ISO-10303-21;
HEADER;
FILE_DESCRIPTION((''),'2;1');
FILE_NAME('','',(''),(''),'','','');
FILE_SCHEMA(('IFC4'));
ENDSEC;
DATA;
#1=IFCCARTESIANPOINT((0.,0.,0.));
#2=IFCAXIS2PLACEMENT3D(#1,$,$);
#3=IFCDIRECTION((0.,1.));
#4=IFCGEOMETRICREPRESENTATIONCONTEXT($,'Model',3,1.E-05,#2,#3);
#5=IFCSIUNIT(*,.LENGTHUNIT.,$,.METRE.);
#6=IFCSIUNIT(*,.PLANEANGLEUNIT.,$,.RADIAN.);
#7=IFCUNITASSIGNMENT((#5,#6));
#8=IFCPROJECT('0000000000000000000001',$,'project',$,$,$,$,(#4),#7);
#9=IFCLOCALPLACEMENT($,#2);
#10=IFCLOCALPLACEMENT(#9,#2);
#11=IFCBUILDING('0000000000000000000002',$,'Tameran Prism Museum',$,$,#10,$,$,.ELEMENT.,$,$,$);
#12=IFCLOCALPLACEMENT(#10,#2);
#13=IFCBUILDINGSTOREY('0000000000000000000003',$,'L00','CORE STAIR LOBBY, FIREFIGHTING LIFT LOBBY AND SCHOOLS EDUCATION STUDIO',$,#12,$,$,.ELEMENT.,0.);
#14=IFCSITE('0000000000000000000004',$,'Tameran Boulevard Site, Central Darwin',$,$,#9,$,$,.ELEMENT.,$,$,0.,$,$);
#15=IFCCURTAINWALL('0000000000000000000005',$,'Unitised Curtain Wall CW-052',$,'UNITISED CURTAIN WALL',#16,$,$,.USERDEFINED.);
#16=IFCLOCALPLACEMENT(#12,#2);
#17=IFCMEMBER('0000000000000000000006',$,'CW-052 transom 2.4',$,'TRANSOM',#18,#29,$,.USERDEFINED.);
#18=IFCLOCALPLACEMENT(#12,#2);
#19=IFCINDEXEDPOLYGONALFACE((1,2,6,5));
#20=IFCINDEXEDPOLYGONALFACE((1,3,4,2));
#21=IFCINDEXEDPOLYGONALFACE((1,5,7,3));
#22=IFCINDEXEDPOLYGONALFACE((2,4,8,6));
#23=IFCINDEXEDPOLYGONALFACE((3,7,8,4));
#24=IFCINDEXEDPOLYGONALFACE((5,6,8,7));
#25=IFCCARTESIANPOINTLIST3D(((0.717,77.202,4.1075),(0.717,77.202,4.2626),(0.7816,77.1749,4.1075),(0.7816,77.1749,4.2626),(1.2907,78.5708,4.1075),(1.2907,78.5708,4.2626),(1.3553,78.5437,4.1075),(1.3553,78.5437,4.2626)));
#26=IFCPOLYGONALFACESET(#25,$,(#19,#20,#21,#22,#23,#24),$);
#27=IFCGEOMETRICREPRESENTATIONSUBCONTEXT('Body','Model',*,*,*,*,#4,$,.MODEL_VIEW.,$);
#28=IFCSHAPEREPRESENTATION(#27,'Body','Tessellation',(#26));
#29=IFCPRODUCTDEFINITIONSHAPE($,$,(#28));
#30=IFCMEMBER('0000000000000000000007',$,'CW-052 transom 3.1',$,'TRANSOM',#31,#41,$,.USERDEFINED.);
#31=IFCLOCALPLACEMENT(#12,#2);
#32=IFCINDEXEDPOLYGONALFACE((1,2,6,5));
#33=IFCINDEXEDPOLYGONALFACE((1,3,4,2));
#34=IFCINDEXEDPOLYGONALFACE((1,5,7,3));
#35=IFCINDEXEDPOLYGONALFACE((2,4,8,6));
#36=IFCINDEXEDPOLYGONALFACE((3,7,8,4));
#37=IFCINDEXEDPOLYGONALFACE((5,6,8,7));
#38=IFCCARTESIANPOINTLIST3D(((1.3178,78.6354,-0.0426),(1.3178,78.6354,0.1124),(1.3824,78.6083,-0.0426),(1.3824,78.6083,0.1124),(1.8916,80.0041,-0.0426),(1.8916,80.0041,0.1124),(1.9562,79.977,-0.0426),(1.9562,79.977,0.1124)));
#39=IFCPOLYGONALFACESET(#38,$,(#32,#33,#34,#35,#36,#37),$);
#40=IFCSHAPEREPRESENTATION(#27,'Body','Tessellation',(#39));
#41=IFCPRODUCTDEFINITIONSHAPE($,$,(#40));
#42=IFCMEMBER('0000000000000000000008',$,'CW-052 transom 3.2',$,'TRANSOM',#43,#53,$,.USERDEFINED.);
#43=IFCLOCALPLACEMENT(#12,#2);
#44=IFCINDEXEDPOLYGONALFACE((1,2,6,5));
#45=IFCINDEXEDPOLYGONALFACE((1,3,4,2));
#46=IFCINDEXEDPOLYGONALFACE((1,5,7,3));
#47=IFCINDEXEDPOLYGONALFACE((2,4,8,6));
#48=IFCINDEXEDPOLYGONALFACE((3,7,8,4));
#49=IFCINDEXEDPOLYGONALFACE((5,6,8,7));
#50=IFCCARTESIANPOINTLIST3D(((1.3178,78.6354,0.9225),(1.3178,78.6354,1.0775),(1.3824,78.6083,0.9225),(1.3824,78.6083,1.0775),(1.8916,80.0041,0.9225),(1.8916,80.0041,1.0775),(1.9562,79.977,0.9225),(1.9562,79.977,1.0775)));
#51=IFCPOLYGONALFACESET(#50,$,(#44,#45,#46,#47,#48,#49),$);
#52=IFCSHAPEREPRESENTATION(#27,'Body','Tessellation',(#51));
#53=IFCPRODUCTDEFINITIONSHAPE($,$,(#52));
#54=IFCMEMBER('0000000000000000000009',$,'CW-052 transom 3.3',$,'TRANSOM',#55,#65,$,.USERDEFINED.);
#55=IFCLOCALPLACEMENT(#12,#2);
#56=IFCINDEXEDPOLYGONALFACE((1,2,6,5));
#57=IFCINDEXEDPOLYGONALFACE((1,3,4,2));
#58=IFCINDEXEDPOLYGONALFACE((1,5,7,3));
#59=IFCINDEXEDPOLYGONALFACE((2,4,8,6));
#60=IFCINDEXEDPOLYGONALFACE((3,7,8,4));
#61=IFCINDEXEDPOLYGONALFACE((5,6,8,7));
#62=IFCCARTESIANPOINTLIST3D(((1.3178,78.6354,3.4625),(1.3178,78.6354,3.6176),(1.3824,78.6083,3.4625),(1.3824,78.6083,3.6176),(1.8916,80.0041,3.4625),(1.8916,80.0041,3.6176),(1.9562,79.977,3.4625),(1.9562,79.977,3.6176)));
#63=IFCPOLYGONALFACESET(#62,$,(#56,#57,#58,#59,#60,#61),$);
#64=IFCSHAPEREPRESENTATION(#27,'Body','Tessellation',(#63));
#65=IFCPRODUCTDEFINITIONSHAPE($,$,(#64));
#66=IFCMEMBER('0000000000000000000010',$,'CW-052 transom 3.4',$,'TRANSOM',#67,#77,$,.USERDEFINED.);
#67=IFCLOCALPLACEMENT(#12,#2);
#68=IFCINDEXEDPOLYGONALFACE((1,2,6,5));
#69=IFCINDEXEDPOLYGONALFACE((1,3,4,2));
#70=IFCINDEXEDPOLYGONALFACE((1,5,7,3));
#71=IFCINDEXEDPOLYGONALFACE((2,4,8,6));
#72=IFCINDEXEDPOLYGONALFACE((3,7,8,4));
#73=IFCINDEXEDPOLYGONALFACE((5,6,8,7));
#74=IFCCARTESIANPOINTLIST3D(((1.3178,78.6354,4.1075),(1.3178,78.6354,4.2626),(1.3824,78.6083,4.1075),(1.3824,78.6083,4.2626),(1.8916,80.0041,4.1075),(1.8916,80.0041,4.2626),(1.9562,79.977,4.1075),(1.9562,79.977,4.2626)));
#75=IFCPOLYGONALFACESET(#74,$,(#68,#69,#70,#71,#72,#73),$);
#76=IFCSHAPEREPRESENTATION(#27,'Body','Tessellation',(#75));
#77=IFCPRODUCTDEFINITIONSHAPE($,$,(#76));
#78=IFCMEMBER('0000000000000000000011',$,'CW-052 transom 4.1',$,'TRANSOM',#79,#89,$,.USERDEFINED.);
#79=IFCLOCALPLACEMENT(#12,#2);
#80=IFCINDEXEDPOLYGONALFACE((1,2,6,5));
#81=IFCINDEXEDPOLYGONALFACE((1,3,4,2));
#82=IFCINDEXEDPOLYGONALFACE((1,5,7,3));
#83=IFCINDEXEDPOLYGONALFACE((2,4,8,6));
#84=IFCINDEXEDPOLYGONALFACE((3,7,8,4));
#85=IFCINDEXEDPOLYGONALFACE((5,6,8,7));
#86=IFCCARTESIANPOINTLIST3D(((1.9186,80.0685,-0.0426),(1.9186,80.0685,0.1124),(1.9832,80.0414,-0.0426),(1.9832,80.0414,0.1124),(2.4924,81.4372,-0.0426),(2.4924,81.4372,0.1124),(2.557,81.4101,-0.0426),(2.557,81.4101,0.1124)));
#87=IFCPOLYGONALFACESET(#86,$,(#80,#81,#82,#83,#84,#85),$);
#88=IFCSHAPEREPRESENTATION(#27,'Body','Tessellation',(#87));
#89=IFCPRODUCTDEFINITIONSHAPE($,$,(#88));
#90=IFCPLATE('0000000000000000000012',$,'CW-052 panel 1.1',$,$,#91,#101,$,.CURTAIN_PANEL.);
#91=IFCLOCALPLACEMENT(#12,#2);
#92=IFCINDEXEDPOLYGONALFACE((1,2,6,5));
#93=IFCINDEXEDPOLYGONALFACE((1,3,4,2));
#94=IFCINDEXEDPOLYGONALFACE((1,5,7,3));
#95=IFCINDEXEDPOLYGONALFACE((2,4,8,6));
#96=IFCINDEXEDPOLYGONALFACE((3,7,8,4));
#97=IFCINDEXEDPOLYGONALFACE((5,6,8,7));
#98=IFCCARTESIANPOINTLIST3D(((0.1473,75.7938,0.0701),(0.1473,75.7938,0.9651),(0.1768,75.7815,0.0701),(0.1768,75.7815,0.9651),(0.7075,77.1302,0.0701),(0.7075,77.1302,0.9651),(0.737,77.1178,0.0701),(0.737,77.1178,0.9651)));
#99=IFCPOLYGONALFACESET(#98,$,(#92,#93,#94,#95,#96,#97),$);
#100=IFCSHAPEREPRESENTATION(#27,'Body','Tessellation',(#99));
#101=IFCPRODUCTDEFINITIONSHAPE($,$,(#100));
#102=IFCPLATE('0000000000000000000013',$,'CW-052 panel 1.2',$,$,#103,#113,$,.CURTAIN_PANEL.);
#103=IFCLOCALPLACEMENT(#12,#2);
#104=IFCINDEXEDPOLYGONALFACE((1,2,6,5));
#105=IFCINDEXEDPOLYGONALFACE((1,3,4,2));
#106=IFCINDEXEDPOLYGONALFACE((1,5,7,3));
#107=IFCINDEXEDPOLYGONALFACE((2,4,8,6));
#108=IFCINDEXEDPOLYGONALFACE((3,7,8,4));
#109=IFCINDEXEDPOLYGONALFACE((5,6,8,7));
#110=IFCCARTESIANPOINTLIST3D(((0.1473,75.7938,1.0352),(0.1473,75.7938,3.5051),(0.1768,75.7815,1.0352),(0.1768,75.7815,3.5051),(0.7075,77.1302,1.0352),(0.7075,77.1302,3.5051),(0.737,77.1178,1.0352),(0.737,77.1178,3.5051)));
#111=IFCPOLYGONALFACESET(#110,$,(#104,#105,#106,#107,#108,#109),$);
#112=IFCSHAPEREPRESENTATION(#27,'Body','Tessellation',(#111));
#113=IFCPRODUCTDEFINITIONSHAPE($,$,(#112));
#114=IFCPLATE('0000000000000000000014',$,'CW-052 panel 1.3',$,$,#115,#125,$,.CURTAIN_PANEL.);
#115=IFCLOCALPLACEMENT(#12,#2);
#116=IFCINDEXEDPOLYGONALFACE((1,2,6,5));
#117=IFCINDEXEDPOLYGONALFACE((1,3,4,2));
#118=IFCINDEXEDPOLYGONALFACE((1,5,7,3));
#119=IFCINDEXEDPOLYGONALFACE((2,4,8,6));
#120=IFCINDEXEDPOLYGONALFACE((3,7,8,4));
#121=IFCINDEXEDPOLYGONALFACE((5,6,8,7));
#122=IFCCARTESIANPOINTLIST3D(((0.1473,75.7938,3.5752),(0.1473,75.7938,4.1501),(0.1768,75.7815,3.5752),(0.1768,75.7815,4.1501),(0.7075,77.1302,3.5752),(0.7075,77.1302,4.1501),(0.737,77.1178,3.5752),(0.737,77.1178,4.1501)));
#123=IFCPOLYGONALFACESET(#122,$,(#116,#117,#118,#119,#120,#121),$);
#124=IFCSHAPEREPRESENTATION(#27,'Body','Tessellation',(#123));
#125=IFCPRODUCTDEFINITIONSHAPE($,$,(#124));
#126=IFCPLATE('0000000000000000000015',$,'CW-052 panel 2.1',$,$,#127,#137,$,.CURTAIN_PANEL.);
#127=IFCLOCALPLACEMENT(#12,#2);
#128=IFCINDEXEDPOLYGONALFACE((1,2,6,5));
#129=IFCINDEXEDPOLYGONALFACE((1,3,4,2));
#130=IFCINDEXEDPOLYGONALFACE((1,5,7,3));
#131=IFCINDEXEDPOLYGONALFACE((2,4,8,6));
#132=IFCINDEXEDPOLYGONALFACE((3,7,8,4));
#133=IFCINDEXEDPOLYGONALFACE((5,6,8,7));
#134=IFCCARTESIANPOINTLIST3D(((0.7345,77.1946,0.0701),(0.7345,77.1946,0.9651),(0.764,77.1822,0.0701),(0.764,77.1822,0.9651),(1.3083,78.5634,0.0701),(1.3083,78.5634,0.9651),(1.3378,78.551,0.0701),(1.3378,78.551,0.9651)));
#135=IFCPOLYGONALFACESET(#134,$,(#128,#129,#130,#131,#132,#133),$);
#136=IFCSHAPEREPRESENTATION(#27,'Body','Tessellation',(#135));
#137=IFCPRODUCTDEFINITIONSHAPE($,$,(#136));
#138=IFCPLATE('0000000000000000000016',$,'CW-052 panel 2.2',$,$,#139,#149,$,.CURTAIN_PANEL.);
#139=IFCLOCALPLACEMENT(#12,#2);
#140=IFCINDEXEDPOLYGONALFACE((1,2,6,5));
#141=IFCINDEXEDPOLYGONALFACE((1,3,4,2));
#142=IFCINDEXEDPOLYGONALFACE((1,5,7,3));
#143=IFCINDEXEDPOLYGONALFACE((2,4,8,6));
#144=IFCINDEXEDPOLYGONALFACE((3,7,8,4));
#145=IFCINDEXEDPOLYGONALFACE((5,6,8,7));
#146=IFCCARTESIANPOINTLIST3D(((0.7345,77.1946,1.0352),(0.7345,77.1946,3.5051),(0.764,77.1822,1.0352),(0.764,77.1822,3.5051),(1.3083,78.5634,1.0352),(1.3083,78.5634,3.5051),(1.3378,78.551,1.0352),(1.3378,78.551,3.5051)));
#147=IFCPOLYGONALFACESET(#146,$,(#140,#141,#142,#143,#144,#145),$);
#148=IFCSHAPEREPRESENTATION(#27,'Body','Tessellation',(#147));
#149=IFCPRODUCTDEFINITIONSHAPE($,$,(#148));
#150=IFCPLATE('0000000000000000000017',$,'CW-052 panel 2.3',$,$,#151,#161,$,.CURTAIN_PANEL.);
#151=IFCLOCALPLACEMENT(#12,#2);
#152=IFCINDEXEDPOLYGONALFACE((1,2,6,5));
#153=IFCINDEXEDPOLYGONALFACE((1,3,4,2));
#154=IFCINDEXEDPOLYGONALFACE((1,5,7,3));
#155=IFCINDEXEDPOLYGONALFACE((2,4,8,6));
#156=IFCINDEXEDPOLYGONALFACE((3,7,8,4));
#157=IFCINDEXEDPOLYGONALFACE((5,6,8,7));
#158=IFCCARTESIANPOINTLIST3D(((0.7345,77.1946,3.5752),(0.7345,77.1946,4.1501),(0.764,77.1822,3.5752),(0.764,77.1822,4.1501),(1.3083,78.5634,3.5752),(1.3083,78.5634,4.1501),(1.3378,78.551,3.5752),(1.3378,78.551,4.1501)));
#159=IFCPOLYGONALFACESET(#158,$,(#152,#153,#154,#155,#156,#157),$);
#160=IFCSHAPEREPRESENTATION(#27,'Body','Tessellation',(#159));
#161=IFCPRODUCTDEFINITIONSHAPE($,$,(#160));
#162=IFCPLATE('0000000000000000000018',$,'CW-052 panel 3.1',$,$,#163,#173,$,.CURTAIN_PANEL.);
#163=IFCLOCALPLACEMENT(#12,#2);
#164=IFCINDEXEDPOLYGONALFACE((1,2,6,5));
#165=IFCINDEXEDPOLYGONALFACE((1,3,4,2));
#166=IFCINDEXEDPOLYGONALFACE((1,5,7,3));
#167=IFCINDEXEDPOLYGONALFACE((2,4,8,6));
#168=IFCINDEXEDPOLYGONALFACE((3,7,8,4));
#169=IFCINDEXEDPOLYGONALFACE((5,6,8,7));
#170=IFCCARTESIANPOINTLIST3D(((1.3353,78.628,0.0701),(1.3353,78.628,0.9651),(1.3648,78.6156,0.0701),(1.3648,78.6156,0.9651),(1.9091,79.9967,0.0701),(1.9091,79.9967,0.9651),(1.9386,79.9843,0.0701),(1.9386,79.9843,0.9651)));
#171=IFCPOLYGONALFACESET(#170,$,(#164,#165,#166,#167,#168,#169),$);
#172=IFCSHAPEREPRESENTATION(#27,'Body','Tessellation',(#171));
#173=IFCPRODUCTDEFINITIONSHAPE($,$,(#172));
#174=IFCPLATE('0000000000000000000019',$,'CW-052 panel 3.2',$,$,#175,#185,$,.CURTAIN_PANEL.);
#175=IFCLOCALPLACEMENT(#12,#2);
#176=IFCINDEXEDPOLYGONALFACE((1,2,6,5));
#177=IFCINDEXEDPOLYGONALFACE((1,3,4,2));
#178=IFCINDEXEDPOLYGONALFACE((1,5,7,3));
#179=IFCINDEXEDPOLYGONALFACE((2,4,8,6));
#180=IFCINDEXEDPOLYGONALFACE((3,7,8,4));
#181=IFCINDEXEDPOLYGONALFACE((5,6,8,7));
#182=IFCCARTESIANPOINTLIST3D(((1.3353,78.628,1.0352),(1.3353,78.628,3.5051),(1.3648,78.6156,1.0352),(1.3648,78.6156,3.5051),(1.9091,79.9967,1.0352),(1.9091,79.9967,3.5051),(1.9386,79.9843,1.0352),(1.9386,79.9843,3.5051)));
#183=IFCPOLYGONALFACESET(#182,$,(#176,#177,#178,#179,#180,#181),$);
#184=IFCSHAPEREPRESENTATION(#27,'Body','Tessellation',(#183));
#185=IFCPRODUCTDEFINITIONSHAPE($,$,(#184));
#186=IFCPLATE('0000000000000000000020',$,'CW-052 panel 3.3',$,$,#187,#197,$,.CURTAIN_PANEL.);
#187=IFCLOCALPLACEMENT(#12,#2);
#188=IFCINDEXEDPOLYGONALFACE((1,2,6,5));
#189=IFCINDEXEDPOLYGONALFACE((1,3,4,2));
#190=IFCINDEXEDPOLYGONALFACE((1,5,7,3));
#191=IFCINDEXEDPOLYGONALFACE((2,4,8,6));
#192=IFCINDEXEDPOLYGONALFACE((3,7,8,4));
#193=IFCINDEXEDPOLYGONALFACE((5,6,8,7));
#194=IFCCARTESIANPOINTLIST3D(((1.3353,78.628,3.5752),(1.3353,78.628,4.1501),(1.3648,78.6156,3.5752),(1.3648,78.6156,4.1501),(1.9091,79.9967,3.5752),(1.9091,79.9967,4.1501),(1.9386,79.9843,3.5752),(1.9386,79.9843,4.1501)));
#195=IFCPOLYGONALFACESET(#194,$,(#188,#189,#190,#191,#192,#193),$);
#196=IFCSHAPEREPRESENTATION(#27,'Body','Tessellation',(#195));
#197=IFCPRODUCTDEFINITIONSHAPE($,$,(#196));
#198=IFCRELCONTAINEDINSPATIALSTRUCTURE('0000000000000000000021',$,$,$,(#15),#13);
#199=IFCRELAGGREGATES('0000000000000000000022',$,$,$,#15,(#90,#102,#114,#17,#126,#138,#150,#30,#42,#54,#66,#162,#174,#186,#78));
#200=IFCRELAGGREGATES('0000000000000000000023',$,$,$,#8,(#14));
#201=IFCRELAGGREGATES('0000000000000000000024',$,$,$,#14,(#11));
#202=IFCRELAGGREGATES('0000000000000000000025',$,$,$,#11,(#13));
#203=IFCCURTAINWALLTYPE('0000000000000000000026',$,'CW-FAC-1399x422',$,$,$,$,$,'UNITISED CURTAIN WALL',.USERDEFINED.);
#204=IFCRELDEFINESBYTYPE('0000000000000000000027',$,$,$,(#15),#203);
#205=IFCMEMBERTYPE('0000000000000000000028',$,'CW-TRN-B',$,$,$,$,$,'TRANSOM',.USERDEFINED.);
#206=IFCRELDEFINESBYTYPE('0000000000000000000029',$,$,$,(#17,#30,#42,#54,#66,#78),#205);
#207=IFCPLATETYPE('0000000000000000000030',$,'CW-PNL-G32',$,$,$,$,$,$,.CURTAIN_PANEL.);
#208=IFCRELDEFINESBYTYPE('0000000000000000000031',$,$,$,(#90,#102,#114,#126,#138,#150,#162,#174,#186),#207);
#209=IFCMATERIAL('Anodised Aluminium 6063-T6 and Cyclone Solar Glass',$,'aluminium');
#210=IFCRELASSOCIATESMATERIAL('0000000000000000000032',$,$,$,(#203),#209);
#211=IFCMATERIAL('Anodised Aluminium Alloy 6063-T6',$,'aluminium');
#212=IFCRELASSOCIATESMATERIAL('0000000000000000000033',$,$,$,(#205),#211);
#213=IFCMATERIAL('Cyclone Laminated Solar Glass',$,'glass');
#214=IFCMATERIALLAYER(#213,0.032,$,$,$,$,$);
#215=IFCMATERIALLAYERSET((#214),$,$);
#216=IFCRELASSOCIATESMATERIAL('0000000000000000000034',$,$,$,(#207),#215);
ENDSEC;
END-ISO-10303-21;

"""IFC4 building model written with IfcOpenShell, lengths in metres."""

from ifc_helpers import new_model, si_unit, direction, frame, origin, origin_2d, place, context, subcontext, project, spatial, rectangle, extrude, material, layer, layer_set, material_profile, profile_set, type_object, element, aggregate, save


model = new_model("IFC4")

# Units and contexts
model_context = context("Model", 3, precision=1e-05, world=origin(), true_north=direction((0.0, 1.0)))
body_context = subcontext(model_context, "Body", "Model", "MODEL_VIEW")
ifc_project = project(units=[si_unit("LENGTHUNIT", "METRE"), si_unit("PLANEANGLEUNIT", "RADIAN")], contexts=[model_context])

# Site, building, storey
site_placement = place(None, origin())
site = spatial("IfcSite", under=ifc_project, at=site_placement, Name="Tameran Boulevard Site, Central Darwin", CompositionType="ELEMENT", RefElevation=0.0)
building_placement = place(site_placement, origin())
building = spatial("IfcBuilding", under=site, at=building_placement, Name="Tameran Prism Museum", CompositionType="ELEMENT")
storey_placement = place(building_placement, origin())
storey = spatial("IfcBuildingStorey", under=building, at=storey_placement, Name="L00", Description="CORE STAIR LOBBY, FIREFIGHTING LIFT LOBBY AND SCHOOLS EDUCATION STUDIO", CompositionType="ELEMENT", Elevation=0.0)

# Curtain wall, members, plates
ifc_material_1 = material(Name="Anodised Aluminium 6063-T6 and Cyclone Solar Glass", Category="aluminium")
curtain_wall_type = type_object("IfcCurtainWallType", Name="CW-FAC-1399x422", ElementType="UNITISED CURTAIN WALL", PredefinedType="USERDEFINED", material=ifc_material_1)
curtain_wall_placement = place(storey_placement, origin())
curtain_wall = element("IfcCurtainWall", 1, at=curtain_wall_placement, inside=storey, type_object=curtain_wall_type, Name="Unitised Curtain Wall CW-052", ObjectType="UNITISED CURTAIN WALL", PredefinedType="USERDEFINED")
ifc_material_2 = material(Name="Anodised Aluminium Alloy 6063-T6", Category="aluminium")
ifc_material_profile_1 = material_profile(ifc_material_2, rectangle(XDim=0.0701, YDim=0.155, at=origin_2d()))
ifc_profile_set_1 = profile_set([ifc_material_profile_1])
member_type_1 = type_object("IfcMemberType", Name="CW-TRN-B", ElementType="TRANSOM", PredefinedType="USERDEFINED", material=ifc_profile_set_1)
member_1_placement = place(storey_placement, frame((0.7493, 77.1885, 4.1851), z_axis=(0.3866, 0.922247, 0.0), x_axis=(-0.922247, 0.3866, 0.0)))
member_1 = element("IfcMember", 2, at=member_1_placement, type_object=member_type_1, Name="CW-052 transom 2.4", ObjectType="TRANSOM", PredefinedType="USERDEFINED", context=body_context, shape_type="SweptSolid", body=[
    extrude(rectangle(XDim=0.0701, YDim=0.155, at=origin_2d()), origin(), (0.0, 0.0, 1.0), 1.4841),
])
member_2_placement = place(storey_placement, frame((1.3501, 78.6218, 0.0349), z_axis=(0.3866, 0.922247, 0.0), x_axis=(-0.922247, 0.3866, 0.0)))
member_2 = element("IfcMember", 3, at=member_2_placement, type_object=member_type_1, Name="CW-052 transom 3.1", ObjectType="TRANSOM", PredefinedType="USERDEFINED", context=body_context, shape_type="SweptSolid", body=[
    extrude(rectangle(XDim=0.0701, YDim=0.155, at=origin_2d()), origin(), (0.0, 0.0, 1.0), 1.4841),
])
member_3_placement = place(storey_placement, frame((1.3501, 78.6218, 1.0), z_axis=(0.3866, 0.922247, 0.0), x_axis=(-0.922247, 0.3866, 0.0)))
member_3 = element("IfcMember", 4, at=member_3_placement, type_object=member_type_1, Name="CW-052 transom 3.2", ObjectType="TRANSOM", PredefinedType="USERDEFINED", context=body_context, shape_type="SweptSolid", body=[
    extrude(rectangle(XDim=0.0701, YDim=0.155, at=origin_2d()), origin(), (0.0, 0.0, 1.0), 1.4841),
])
member_4_placement = place(storey_placement, frame((1.3501, 78.6218, 3.54), z_axis=(0.3866, 0.922247, 0.0), x_axis=(-0.922247, 0.3866, 0.0)))
member_4 = element("IfcMember", 5, at=member_4_placement, type_object=member_type_1, Name="CW-052 transom 3.3", ObjectType="TRANSOM", PredefinedType="USERDEFINED", context=body_context, shape_type="SweptSolid", body=[
    extrude(rectangle(XDim=0.0701, YDim=0.155, at=origin_2d()), origin(), (0.0, 0.0, 1.0), 1.4841),
])
member_5_placement = place(storey_placement, frame((1.3501, 78.6218, 4.1851), z_axis=(0.3866, 0.922247, 0.0), x_axis=(-0.922247, 0.3866, 0.0)))
member_5 = element("IfcMember", 6, at=member_5_placement, type_object=member_type_1, Name="CW-052 transom 3.4", ObjectType="TRANSOM", PredefinedType="USERDEFINED", context=body_context, shape_type="SweptSolid", body=[
    extrude(rectangle(XDim=0.0701, YDim=0.155, at=origin_2d()), origin(), (0.0, 0.0, 1.0), 1.4841),
])
member_6_placement = place(storey_placement, frame((1.9509, 80.0549, 0.0349), z_axis=(0.3866, 0.922247, 0.0), x_axis=(-0.922247, 0.3866, 0.0)))
member_6 = element("IfcMember", 7, at=member_6_placement, type_object=member_type_1, Name="CW-052 transom 4.1", ObjectType="TRANSOM", PredefinedType="USERDEFINED", context=body_context, shape_type="SweptSolid", body=[
    extrude(rectangle(XDim=0.0701, YDim=0.155, at=origin_2d()), origin(), (0.0, 0.0, 1.0), 1.4841),
])
ifc_material_3 = material(Name="Cyclone Laminated Solar Glass", Category="glass")
ifc_layer = layer(ifc_material_3, 0.032)
ifc_layer_set = layer_set([ifc_layer])
plate_type = type_object("IfcPlateType", Name="CW-PNL-G32", PredefinedType="CURTAIN_PANEL", material=ifc_layer_set)
plate_1_placement = place(storey_placement, frame((0.4421, 76.4558, 0.0701), z_axis=(0.0, 0.0, 1.0), x_axis=(0.386589, 0.922252, 0.0)))
plate_1 = element("IfcPlate", 8, at=plate_1_placement, type_object=plate_type, Name="CW-052 panel 1.1", PredefinedType="CURTAIN_PANEL", context=body_context, shape_type="SweptSolid", body=[
    extrude(rectangle(XDim=1.449, YDim=0.032, at=origin_2d()), origin(), (0.0, 0.0, 1.0), 0.895),
])
plate_2_placement = place(storey_placement, frame((0.4421, 76.4558, 1.0352), z_axis=(0.0, 0.0, 1.0), x_axis=(0.386589, 0.922252, 0.0)))
plate_2 = element("IfcPlate", 9, at=plate_2_placement, type_object=plate_type, Name="CW-052 panel 1.2", PredefinedType="CURTAIN_PANEL", context=body_context, shape_type="SweptSolid", body=[
    extrude(rectangle(XDim=1.449, YDim=0.032, at=origin_2d()), origin(), (0.0, 0.0, 1.0), 2.47),
])
plate_3_placement = place(storey_placement, frame((0.4421, 76.4558, 3.5752), z_axis=(0.0, 0.0, 1.0), x_axis=(0.386589, 0.922252, 0.0)))
plate_3 = element("IfcPlate", 10, at=plate_3_placement, type_object=plate_type, Name="CW-052 panel 1.3", PredefinedType="CURTAIN_PANEL", context=body_context, shape_type="SweptSolid", body=[
    extrude(rectangle(XDim=1.449, YDim=0.032, at=origin_2d()), origin(), (0.0, 0.0, 1.0), 0.575),
])
plate_4_placement = place(storey_placement, frame((1.0361, 77.8728, 0.0701), z_axis=(0.0, 0.0, 1.0), x_axis=(0.386589, 0.922252, 0.0)))
plate_4 = element("IfcPlate", 11, at=plate_4_placement, type_object=plate_type, Name="CW-052 panel 2.1", PredefinedType="CURTAIN_PANEL", context=body_context, shape_type="SweptSolid", body=[
    extrude(rectangle(XDim=1.4841, YDim=0.032, at=origin_2d()), origin(), (0.0, 0.0, 1.0), 0.895),
])
plate_5_placement = place(storey_placement, frame((1.0361, 77.8728, 1.0352), z_axis=(0.0, 0.0, 1.0), x_axis=(0.386589, 0.922252, 0.0)))
plate_5 = element("IfcPlate", 12, at=plate_5_placement, type_object=plate_type, Name="CW-052 panel 2.2", PredefinedType="CURTAIN_PANEL", context=body_context, shape_type="SweptSolid", body=[
    extrude(rectangle(XDim=1.4841, YDim=0.032, at=origin_2d()), origin(), (0.0, 0.0, 1.0), 2.47),
])
plate_6_placement = place(storey_placement, frame((1.0361, 77.8728, 3.5752), z_axis=(0.0, 0.0, 1.0), x_axis=(0.386589, 0.922252, 0.0)))
plate_6 = element("IfcPlate", 13, at=plate_6_placement, type_object=plate_type, Name="CW-052 panel 2.3", PredefinedType="CURTAIN_PANEL", context=body_context, shape_type="SweptSolid", body=[
    extrude(rectangle(XDim=1.4841, YDim=0.032, at=origin_2d()), origin(), (0.0, 0.0, 1.0), 0.575),
])
plate_7_placement = place(storey_placement, frame((1.637, 79.3062, 0.0701), z_axis=(0.0, 0.0, 1.0), x_axis=(0.386589, 0.922252, 0.0)))
plate_7 = element("IfcPlate", 14, at=plate_7_placement, type_object=plate_type, Name="CW-052 panel 3.1", PredefinedType="CURTAIN_PANEL", context=body_context, shape_type="SweptSolid", body=[
    extrude(rectangle(XDim=1.4841, YDim=0.032, at=origin_2d()), origin(), (0.0, 0.0, 1.0), 0.895),
])
plate_8_placement = place(storey_placement, frame((1.637, 79.3062, 1.0352), z_axis=(0.0, 0.0, 1.0), x_axis=(0.386589, 0.922252, 0.0)))
plate_8 = element("IfcPlate", 15, at=plate_8_placement, type_object=plate_type, Name="CW-052 panel 3.2", PredefinedType="CURTAIN_PANEL", context=body_context, shape_type="SweptSolid", body=[
    extrude(rectangle(XDim=1.4841, YDim=0.032, at=origin_2d()), origin(), (0.0, 0.0, 1.0), 2.47),
])
plate_9_placement = place(storey_placement, frame((1.637, 79.3062, 3.5752), z_axis=(0.0, 0.0, 1.0), x_axis=(0.386589, 0.922252, 0.0)))
plate_9 = element("IfcPlate", 16, at=plate_9_placement, type_object=plate_type, Name="CW-052 panel 3.3", PredefinedType="CURTAIN_PANEL", context=body_context, shape_type="SweptSolid", body=[
    extrude(rectangle(XDim=1.4841, YDim=0.032, at=origin_2d()), origin(), (0.0, 0.0, 1.0), 0.575),
])
aggregate(curtain_wall, [plate_1, plate_2, plate_3, member_1, plate_4, plate_5, plate_6, member_2, member_3, member_4, member_5, plate_7, plate_8, plate_9, member_6])

save(model, "model.ifc")
